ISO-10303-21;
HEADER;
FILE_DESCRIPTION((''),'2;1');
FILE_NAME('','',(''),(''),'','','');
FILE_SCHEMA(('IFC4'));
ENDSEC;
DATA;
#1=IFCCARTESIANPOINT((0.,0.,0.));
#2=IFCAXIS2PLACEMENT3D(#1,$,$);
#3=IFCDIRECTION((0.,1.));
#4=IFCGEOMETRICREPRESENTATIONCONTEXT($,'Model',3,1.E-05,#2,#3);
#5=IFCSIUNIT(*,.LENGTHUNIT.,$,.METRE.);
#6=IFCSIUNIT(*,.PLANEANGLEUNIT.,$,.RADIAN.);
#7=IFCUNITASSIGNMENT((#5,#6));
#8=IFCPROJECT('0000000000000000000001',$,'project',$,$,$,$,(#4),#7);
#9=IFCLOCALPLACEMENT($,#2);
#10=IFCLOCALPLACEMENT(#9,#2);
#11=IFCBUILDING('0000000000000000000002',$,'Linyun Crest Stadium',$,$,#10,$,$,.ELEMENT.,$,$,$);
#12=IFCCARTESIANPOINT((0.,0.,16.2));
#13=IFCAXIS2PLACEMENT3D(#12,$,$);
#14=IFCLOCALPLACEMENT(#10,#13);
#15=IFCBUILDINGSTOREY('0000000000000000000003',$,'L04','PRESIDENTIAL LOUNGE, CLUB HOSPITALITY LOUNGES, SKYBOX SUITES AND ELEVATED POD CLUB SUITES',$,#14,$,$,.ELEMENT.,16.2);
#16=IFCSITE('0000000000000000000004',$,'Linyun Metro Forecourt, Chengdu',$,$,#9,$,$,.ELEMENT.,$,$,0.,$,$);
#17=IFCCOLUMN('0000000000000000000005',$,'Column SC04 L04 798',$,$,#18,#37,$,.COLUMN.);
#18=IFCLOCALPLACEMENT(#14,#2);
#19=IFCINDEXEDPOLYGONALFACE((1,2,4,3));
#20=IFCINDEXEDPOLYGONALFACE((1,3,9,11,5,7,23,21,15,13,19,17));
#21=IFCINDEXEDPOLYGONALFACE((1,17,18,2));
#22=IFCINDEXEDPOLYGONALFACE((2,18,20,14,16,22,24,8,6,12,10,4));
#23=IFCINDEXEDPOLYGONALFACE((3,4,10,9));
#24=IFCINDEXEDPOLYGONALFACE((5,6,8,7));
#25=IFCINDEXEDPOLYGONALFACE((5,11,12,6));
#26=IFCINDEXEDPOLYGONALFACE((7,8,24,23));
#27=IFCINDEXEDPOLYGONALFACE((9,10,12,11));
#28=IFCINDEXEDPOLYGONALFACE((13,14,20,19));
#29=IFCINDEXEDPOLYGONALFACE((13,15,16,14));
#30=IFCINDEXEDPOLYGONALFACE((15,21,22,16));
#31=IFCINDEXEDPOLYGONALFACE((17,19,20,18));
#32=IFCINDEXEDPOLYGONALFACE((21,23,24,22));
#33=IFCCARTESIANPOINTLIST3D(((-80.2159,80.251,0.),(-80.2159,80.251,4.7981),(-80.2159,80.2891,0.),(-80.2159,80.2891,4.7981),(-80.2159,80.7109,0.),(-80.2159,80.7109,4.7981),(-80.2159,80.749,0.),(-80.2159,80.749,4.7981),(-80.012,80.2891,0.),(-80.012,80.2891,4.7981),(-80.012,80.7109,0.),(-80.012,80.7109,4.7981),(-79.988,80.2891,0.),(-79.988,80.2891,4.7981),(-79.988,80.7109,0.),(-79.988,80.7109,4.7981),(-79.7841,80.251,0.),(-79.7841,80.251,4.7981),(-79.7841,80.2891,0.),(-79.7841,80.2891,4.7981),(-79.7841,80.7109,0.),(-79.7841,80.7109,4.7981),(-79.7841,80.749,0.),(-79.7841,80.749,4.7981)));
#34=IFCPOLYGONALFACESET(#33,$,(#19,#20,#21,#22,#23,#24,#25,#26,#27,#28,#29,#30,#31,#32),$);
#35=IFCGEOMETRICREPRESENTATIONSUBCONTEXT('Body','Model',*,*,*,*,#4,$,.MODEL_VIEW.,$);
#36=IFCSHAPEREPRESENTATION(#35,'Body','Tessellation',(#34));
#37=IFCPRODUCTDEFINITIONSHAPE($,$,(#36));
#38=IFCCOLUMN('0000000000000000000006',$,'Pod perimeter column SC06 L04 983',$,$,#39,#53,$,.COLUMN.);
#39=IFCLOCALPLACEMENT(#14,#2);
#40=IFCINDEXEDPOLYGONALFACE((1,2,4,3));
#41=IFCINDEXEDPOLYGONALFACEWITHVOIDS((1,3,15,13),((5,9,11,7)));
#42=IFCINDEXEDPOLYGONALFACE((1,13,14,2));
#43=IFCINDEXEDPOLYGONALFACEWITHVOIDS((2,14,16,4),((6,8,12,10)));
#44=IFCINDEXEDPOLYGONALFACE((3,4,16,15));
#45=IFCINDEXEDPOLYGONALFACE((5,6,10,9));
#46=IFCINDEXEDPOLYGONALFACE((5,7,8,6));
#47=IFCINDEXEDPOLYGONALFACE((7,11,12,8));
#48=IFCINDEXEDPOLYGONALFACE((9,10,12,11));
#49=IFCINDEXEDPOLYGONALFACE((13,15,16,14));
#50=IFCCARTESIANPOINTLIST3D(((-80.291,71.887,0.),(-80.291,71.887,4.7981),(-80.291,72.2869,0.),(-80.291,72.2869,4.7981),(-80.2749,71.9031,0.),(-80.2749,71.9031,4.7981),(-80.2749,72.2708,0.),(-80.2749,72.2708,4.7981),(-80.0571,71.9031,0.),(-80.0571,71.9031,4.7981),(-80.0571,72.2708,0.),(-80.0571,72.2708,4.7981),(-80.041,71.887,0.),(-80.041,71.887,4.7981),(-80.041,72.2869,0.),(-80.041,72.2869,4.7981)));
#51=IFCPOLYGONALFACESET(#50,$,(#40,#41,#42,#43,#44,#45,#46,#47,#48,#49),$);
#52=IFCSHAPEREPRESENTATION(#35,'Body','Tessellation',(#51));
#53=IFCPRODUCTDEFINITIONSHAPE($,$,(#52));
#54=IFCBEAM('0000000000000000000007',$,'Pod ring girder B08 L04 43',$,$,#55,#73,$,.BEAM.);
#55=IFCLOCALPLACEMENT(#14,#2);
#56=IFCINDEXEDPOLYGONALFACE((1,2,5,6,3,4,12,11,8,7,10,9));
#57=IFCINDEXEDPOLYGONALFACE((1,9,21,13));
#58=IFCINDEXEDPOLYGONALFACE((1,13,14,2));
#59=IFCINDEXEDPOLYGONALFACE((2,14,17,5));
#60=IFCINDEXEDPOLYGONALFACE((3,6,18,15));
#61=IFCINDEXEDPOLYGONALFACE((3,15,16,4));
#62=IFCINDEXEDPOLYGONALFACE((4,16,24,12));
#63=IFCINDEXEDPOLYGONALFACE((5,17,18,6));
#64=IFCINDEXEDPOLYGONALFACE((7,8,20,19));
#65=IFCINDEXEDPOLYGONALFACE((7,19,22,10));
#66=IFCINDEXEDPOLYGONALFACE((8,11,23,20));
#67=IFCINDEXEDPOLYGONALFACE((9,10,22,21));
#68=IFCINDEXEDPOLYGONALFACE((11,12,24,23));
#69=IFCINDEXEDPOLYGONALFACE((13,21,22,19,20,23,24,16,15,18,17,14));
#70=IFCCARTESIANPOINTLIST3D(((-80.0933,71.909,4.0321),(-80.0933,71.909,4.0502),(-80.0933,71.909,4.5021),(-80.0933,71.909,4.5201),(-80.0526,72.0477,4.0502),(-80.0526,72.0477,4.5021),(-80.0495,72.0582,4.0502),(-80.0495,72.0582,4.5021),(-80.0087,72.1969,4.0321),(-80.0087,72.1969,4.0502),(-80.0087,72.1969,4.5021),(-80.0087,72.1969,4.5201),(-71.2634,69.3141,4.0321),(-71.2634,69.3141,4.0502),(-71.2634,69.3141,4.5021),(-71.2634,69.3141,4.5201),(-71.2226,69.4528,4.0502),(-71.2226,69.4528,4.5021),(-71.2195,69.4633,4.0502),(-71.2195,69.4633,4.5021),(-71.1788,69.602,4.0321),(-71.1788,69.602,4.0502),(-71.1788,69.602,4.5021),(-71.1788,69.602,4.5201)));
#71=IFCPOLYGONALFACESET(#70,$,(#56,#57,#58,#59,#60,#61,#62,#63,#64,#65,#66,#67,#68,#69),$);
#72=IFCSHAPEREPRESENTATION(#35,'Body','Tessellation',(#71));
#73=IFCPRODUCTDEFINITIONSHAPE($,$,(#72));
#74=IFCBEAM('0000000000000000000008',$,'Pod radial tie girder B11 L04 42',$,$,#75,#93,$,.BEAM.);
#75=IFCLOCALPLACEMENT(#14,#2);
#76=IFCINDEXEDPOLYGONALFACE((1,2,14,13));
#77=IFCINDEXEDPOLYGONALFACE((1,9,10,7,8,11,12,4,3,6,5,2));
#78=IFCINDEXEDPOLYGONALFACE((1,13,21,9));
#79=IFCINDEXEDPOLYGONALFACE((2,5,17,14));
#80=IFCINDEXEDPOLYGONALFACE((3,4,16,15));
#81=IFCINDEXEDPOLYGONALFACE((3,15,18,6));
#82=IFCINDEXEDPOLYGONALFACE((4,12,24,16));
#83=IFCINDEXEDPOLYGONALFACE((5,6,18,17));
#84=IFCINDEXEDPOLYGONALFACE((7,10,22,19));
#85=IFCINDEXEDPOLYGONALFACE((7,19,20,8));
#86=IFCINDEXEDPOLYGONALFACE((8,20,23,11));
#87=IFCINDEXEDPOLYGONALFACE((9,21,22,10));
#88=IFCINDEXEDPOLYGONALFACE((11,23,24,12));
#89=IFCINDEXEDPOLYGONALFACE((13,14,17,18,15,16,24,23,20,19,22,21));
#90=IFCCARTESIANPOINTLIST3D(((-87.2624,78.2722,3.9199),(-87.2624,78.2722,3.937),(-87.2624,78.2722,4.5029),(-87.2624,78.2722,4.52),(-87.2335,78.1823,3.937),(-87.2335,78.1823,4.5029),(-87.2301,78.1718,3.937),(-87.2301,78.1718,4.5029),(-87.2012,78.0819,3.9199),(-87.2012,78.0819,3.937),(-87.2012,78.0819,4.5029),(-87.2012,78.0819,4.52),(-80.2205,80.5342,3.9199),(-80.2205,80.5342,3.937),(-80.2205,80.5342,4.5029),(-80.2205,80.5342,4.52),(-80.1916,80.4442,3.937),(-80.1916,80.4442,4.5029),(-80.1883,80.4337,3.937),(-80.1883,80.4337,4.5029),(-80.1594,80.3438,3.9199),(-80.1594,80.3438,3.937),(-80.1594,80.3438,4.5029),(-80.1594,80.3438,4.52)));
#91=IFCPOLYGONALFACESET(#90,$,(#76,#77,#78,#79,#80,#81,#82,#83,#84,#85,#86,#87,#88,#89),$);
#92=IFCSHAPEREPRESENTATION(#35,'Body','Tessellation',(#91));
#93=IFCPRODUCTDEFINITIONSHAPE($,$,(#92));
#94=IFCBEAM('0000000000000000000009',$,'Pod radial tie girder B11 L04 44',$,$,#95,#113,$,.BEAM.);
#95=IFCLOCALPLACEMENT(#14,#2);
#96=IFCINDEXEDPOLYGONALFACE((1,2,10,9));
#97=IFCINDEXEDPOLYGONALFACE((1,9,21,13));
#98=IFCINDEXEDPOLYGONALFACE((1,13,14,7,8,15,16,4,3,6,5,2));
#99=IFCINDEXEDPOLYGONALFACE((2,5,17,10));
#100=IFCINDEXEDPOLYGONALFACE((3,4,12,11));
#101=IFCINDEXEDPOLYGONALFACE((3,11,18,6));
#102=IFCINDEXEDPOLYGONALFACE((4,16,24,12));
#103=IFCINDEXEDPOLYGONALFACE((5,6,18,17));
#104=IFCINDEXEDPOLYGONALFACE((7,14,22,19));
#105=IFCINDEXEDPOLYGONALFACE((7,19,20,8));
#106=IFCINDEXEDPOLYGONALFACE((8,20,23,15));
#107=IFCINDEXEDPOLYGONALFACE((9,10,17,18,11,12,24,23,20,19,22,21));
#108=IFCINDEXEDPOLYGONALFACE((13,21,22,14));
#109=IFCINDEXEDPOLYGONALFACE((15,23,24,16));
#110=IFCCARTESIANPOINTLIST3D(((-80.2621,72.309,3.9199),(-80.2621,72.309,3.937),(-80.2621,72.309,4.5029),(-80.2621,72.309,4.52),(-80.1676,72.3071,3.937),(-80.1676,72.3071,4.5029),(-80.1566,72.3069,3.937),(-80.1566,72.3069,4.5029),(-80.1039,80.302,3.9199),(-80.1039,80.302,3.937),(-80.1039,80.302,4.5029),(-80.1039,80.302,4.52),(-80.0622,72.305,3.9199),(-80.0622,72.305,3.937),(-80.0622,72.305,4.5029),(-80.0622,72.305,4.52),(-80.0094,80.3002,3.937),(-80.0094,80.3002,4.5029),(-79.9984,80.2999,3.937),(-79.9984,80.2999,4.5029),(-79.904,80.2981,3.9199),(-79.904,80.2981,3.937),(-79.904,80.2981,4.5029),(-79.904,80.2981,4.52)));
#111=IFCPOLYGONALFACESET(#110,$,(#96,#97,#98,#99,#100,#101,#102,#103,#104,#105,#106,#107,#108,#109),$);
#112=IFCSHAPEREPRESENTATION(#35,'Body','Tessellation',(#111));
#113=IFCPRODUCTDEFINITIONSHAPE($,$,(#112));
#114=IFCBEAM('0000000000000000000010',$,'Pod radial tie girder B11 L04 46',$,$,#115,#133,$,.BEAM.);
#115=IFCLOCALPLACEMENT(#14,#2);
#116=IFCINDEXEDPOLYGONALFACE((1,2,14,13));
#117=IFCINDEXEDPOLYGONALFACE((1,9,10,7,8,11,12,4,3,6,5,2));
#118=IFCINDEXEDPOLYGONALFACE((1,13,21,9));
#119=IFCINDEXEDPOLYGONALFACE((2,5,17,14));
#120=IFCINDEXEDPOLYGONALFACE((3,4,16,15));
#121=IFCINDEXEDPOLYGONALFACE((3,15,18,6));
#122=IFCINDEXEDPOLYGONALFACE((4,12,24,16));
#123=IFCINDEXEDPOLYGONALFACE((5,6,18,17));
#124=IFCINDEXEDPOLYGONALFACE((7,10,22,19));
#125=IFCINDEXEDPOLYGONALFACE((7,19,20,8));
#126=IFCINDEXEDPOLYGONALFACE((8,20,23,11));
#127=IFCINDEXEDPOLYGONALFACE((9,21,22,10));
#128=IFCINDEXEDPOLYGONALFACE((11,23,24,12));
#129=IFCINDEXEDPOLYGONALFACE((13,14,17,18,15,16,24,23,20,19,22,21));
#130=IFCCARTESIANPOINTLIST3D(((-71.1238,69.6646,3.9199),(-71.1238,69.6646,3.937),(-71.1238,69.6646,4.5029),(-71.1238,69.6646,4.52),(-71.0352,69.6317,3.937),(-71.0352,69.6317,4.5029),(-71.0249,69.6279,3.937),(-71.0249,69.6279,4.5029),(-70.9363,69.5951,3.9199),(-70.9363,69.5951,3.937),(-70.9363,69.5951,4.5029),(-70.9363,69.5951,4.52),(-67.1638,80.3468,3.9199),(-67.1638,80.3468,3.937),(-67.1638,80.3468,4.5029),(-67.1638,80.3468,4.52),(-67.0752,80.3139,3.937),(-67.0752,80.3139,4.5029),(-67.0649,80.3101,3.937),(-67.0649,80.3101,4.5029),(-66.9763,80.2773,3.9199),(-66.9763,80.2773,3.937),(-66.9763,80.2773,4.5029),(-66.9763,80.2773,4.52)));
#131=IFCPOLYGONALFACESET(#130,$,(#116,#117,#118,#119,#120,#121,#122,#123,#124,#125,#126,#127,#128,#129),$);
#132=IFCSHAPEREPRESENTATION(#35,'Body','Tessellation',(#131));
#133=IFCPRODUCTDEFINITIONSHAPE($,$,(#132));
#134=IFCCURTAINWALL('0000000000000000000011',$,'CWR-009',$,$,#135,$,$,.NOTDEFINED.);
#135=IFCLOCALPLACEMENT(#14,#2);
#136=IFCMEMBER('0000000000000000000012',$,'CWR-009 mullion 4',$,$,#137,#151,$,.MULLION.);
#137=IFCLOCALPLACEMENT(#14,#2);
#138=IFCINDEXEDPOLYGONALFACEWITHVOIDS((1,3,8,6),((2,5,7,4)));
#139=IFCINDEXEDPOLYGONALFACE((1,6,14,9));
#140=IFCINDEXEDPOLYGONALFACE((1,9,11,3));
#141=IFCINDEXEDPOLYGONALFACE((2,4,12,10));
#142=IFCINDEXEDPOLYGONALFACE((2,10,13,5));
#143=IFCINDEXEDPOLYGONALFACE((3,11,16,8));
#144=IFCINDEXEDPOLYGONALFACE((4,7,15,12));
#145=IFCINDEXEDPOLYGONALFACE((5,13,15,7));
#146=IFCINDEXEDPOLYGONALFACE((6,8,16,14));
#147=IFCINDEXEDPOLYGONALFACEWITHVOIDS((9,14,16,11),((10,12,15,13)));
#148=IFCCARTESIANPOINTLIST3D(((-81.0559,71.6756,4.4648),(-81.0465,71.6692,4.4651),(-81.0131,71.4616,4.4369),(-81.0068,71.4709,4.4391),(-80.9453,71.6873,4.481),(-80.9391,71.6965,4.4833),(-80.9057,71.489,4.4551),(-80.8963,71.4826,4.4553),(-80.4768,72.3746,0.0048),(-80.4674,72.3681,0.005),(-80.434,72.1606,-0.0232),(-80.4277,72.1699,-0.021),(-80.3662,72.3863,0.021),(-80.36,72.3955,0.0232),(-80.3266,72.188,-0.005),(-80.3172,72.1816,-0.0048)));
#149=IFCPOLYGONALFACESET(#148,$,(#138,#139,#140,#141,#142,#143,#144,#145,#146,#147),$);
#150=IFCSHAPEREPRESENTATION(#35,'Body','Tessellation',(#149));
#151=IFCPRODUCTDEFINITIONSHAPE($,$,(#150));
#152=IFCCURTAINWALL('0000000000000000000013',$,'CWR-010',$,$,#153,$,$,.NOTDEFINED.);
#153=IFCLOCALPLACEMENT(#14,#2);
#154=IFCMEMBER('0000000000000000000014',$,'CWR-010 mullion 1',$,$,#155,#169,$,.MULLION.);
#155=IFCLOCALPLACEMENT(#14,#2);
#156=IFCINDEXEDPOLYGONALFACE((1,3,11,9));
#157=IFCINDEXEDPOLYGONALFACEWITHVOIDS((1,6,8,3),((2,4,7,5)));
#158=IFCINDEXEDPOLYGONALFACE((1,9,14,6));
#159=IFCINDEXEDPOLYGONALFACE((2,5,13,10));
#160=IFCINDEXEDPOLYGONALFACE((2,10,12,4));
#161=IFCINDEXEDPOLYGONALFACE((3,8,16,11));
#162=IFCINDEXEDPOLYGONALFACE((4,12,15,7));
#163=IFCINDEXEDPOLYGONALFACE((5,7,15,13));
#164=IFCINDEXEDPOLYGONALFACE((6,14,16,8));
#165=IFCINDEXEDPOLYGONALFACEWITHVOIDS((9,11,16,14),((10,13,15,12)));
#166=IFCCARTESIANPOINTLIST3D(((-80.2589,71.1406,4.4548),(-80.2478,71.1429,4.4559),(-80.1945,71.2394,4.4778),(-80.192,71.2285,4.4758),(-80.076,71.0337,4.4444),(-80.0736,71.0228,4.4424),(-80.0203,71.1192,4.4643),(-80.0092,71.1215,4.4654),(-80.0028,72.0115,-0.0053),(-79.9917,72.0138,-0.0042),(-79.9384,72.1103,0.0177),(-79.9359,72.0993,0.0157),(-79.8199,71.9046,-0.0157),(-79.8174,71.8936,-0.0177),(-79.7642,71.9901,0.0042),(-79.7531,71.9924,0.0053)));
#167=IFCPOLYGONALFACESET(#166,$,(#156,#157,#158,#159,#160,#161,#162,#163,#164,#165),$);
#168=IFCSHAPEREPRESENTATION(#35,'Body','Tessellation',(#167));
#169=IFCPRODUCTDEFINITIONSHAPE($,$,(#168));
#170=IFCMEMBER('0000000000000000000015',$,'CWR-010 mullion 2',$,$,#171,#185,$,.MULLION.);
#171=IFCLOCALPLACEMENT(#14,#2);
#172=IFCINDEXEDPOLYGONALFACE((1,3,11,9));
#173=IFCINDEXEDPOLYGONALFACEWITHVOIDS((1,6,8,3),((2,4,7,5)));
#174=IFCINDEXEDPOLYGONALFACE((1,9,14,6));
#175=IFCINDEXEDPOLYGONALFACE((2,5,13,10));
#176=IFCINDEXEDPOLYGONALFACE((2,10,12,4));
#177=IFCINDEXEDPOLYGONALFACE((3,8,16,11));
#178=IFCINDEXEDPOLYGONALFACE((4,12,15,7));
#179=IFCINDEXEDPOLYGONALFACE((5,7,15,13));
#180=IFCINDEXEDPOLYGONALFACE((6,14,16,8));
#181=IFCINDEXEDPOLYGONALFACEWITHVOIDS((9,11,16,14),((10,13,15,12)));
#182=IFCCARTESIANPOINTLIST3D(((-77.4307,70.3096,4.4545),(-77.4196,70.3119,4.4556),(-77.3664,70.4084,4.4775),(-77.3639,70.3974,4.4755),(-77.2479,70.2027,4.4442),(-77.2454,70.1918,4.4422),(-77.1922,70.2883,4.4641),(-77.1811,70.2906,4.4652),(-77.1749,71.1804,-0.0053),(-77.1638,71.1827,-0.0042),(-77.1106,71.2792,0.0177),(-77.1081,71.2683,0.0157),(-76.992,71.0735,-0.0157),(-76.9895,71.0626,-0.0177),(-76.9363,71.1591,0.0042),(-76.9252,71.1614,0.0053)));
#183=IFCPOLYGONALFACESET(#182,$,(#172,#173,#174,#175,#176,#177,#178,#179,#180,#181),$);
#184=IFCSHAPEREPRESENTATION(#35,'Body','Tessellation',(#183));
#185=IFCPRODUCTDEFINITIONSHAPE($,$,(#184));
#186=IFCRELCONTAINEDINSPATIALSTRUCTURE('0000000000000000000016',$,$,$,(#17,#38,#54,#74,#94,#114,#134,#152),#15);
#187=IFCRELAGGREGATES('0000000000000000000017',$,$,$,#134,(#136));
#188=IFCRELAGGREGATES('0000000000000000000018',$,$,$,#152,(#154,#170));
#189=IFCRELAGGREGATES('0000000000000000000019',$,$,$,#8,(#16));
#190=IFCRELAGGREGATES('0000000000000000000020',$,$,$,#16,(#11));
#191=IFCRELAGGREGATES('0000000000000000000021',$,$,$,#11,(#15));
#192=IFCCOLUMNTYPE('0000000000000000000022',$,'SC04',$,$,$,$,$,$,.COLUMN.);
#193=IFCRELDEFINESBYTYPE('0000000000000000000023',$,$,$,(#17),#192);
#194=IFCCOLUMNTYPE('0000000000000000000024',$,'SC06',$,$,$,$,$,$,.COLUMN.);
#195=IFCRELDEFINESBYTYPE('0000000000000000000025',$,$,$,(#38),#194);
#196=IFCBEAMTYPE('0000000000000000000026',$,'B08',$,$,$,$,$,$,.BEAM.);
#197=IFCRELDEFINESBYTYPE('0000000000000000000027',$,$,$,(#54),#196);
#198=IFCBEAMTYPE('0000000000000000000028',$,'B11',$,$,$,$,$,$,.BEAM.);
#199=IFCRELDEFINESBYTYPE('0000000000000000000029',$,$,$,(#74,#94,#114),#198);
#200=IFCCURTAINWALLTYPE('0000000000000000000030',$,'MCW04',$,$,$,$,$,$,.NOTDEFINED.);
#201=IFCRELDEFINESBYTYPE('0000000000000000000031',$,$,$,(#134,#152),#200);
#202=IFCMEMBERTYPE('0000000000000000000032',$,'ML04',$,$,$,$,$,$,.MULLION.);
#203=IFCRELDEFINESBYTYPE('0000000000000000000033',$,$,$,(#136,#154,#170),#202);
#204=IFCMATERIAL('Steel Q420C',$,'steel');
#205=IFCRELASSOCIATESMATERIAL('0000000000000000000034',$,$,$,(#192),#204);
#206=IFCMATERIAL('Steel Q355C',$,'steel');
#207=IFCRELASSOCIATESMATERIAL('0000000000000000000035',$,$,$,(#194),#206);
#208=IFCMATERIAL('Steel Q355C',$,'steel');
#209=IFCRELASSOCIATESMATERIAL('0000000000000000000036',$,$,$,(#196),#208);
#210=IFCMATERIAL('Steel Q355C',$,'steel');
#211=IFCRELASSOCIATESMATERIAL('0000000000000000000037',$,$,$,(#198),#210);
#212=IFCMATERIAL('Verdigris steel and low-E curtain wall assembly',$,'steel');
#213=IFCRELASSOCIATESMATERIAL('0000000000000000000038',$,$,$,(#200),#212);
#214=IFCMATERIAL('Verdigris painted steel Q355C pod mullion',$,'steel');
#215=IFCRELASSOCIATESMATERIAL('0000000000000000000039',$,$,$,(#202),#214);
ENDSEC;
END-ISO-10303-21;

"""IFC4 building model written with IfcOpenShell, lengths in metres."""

from ifc_helpers import new_model, si_unit, direction, frame, origin, origin_2d, place, context, subcontext, project, spatial, hollow_rectangle, i_section, extrude, material, material_profile, profile_set, type_object, element, aggregate, save


model = new_model("IFC4")

# Units and contexts
model_context = context("Model", 3, precision=1e-05, world=origin(), true_north=direction((0.0, 1.0)))
body_context = subcontext(model_context, "Body", "Model", "MODEL_VIEW")
ifc_project = project(units=[si_unit("LENGTHUNIT", "METRE"), si_unit("PLANEANGLEUNIT", "RADIAN")], contexts=[model_context])

# Site, building, storey
site_placement = place(None, origin())
site = spatial("IfcSite", under=ifc_project, at=site_placement, Name="Linyun Metro Forecourt, Chengdu", CompositionType="ELEMENT", RefElevation=0.0)
building_placement = place(site_placement, origin())
building = spatial("IfcBuilding", under=site, at=building_placement, Name="Linyun Crest Stadium", CompositionType="ELEMENT")
storey_placement = place(building_placement, frame((0.0, 0.0, 16.2)))
storey = spatial("IfcBuildingStorey", under=building, at=storey_placement, Name="L04", Description="PRESIDENTIAL LOUNGE, CLUB HOSPITALITY LOUNGES, SKYBOX SUITES AND ELEVATED POD CLUB SUITES", CompositionType="ELEMENT", Elevation=16.2)

# Columns
ifc_material_1 = material(Name="Steel Q420C", Category="steel")
ifc_material_profile_1 = material_profile(ifc_material_1, i_section(OverallWidth=0.4319, OverallDepth=0.498, WebThickness=0.0239, FlangeThickness=0.0381, at=origin_2d()), Name="HW 498x432")
ifc_profile_set_1 = profile_set([ifc_material_profile_1], Name="Steel Q420C")
column_type_1 = type_object("IfcColumnType", Name="SC04", PredefinedType="COLUMN", material=ifc_profile_set_1)
column_1_placement = place(storey_placement, frame((-80.0, 80.5, 0.0), z_axis=(0.0, 0.0, 1.0), x_axis=(1.0, 0.0, 0.0)))
element("IfcColumn", 1, at=column_1_placement, inside=storey, type_object=column_type_1, Name="Column SC04 L04 798", PredefinedType="COLUMN", context=body_context, shape_type="SweptSolid", body=[
    extrude(i_section(OverallWidth=0.4319, OverallDepth=0.498, WebThickness=0.0239, FlangeThickness=0.0381, at=origin_2d()), origin(), (0.0, 0.0, 1.0), 4.7981),
])
ifc_material_2 = material(Name="Steel Q355C", Category="steel")
ifc_material_profile_2 = material_profile(ifc_material_2, hollow_rectangle(XDim=0.25, YDim=0.3999, WallThickness=0.0161, at=origin_2d()), Name="RHS 400x250x16")
ifc_profile_set_2 = profile_set([ifc_material_profile_2], Name="Steel Q355C")
column_type_2 = type_object("IfcColumnType", Name="SC06", PredefinedType="COLUMN", material=ifc_profile_set_2)
column_2_placement = place(storey_placement, frame((-80.166, 72.0869, 0.0), z_axis=(0.0, 0.0, 1.0), x_axis=(1.0, 0.0, 0.0)))
element("IfcColumn", 2, at=column_2_placement, inside=storey, type_object=column_type_2, Name="Pod perimeter column SC06 L04 983", PredefinedType="COLUMN", context=body_context, shape_type="SweptSolid", body=[
    extrude(hollow_rectangle(XDim=0.25, YDim=0.3999, WallThickness=0.0161, at=origin_2d()), origin(), (0.0, 0.0, 1.0), 4.7981),
])

# Beams
ifc_material_3 = material(Name="Steel Q355C", Category="steel")
ifc_material_profile_3 = material_profile(ifc_material_3, i_section(OverallWidth=0.3, OverallDepth=0.488, WebThickness=0.011, FlangeThickness=0.0181, at=origin_2d()), Name="HM 488x300")
ifc_profile_set_3 = profile_set([ifc_material_profile_3], Name="Steel Q355C")
beam_type_1 = type_object("IfcBeamType", Name="B08", PredefinedType="BEAM", material=ifc_profile_set_3)
beam_1_placement = place(storey_placement, frame((-80.051, 72.053, 4.2761), z_axis=(0.959428, -0.281955, 0.0), x_axis=(0.281955, 0.959428, 0.0)))
element("IfcBeam", 3, at=beam_1_placement, inside=storey, type_object=beam_type_1, Name="Pod ring girder B08 L04 43", PredefinedType="BEAM", context=body_context, shape_type="SweptSolid", body=[
    extrude(i_section(OverallWidth=0.3, OverallDepth=0.488, WebThickness=0.011, FlangeThickness=0.0181, at=origin_2d()), origin(), (0.0, 0.0, 1.0), 9.2034),
])
ifc_material_4 = material(Name="Steel Q355C", Category="steel")
ifc_material_profile_4 = material_profile(ifc_material_4, i_section(OverallWidth=0.2, OverallDepth=0.6001, WebThickness=0.011, FlangeThickness=0.0171, at=origin_2d()), Name="HN 600x200")
ifc_profile_set_4 = profile_set([ifc_material_profile_4], Name="Steel Q355C")
beam_type_2 = type_object("IfcBeamType", Name="B11", PredefinedType="BEAM", material=ifc_profile_set_4)
beam_2_placement = place(storey_placement, frame((-80.1899, 80.439, 4.22), z_axis=(-0.952089, -0.305821, 0.0), x_axis=(0.305821, -0.952089, 0.0)))
element("IfcBeam", 4, at=beam_2_placement, inside=storey, type_object=beam_type_2, Name="Pod radial tie girder B11 L04 42", PredefinedType="BEAM", context=body_context, shape_type="SweptSolid", body=[
    extrude(i_section(OverallWidth=0.2, OverallDepth=0.6001, WebThickness=0.011, FlangeThickness=0.0171, at=origin_2d()), origin(), (0.0, 0.0, 1.0), 7.3962),
])
beam_3_placement = place(storey_placement, frame((-80.0039, 80.3, 4.22), z_axis=(-0.019788, -0.999804, 0.0), x_axis=(0.999804, -0.019788, 0.0)))
element("IfcBeam", 5, at=beam_3_placement, inside=storey, type_object=beam_type_2, Name="Pod radial tie girder B11 L04 44", PredefinedType="BEAM", context=body_context, shape_type="SweptSolid", body=[
    extrude(i_section(OverallWidth=0.2, OverallDepth=0.6001, WebThickness=0.011, FlangeThickness=0.0171, at=origin_2d()), origin(), (0.0, 0.0, 1.0), 7.9946),
])
beam_4_placement = place(storey_placement, frame((-67.0701, 80.312, 4.22), z_axis=(-0.347594, -0.937645, 0.0), x_axis=(0.937645, -0.347594, 0.0)))
element("IfcBeam", 6, at=beam_4_placement, inside=storey, type_object=beam_type_2, Name="Pod radial tie girder B11 L04 46", PredefinedType="BEAM", context=body_context, shape_type="SweptSolid", body=[
    extrude(i_section(OverallWidth=0.2, OverallDepth=0.6001, WebThickness=0.011, FlangeThickness=0.0171, at=origin_2d()), origin(), (0.0, 0.0, 1.0), 11.3926),
])

# Curtain wall, member
ifc_material_5 = material(Name="Verdigris steel and low-E curtain wall assembly", Category="steel")
curtain_wall_type = type_object("IfcCurtainWallType", Name="MCW04", PredefinedType="NOTDEFINED", material=ifc_material_5)
curtain_wall_1_placement = place(storey_placement, origin())
curtain_wall_1 = element("IfcCurtainWall", 7, at=curtain_wall_1_placement, inside=storey, type_object=curtain_wall_type, Name="CWR-009", PredefinedType="NOTDEFINED")
ifc_material_6 = material(Name="Verdigris painted steel Q355C pod mullion", Category="steel")
ifc_material_profile_5 = material_profile(ifc_material_6, hollow_rectangle(XDim=0.1201, YDim=0.22, WallThickness=0.0081, at=origin_2d()), Name="RHS 220x120x8")
ifc_profile_set_5 = profile_set([ifc_material_profile_5], Name="Verdigris painted steel Q355C pod mullion")
member_type_1 = type_object("IfcMemberType", Name="ML04", PredefinedType="MULLION", material=ifc_profile_set_5)
member_1_placement = place(storey_placement, frame((-80.397, 72.2781, 0.0), z_axis=(-0.127236, -0.153574, 0.979911), x_axis=(0.972616, 0.174406, 0.153622)))
member_1 = element("IfcMember", 8, at=member_1_placement, type_object=member_type_1, Name="CWR-009 mullion 4", PredefinedType="MULLION", context=body_context, shape_type="SweptSolid", body=[
    extrude(hollow_rectangle(XDim=0.1201, YDim=0.22, WallThickness=0.0081, at=origin_2d()), origin(), (0.0, 0.0, 1.0), 4.5515),
])
aggregate(curtain_wall_1, [member_1])

# Curtain wall, members
curtain_wall_2_placement = place(storey_placement, origin())
curtain_wall_2 = element("IfcCurtainWall", 9, at=curtain_wall_2_placement, inside=storey, type_object=curtain_wall_type, Name="CWR-010", PredefinedType="NOTDEFINED")
member_2_placement = place(storey_placement, frame((-79.8779, 72.002, 0.0), z_axis=(-0.056269, -0.191337, 0.97991), x_axis=(0.535798, 0.82238, 0.191344)))
member_2 = element("IfcMember", 10, at=member_2_placement, type_object=member_type_1, Name="CWR-010 mullion 1", PredefinedType="MULLION", context=body_context, shape_type="SweptSolid", body=[
    extrude(hollow_rectangle(XDim=0.1201, YDim=0.22, WallThickness=0.0081, at=origin_2d()), origin(), (0.0, 0.0, 1.0), 4.5515),
])
member_3_placement = place(storey_placement, frame((-77.05, 71.1709, 0.0), z_axis=(-0.056216, -0.191337, 0.979913), x_axis=(0.535586, 0.822521, 0.19133)))
member_3 = element("IfcMember", 11, at=member_3_placement, type_object=member_type_1, Name="CWR-010 mullion 2", PredefinedType="MULLION", context=body_context, shape_type="SweptSolid", body=[
    extrude(hollow_rectangle(XDim=0.1201, YDim=0.22, WallThickness=0.0081, at=origin_2d()), origin(), (0.0, 0.0, 1.0), 4.5513),
])
aggregate(curtain_wall_2, [member_2, member_3])

save(model, "model.ifc")
